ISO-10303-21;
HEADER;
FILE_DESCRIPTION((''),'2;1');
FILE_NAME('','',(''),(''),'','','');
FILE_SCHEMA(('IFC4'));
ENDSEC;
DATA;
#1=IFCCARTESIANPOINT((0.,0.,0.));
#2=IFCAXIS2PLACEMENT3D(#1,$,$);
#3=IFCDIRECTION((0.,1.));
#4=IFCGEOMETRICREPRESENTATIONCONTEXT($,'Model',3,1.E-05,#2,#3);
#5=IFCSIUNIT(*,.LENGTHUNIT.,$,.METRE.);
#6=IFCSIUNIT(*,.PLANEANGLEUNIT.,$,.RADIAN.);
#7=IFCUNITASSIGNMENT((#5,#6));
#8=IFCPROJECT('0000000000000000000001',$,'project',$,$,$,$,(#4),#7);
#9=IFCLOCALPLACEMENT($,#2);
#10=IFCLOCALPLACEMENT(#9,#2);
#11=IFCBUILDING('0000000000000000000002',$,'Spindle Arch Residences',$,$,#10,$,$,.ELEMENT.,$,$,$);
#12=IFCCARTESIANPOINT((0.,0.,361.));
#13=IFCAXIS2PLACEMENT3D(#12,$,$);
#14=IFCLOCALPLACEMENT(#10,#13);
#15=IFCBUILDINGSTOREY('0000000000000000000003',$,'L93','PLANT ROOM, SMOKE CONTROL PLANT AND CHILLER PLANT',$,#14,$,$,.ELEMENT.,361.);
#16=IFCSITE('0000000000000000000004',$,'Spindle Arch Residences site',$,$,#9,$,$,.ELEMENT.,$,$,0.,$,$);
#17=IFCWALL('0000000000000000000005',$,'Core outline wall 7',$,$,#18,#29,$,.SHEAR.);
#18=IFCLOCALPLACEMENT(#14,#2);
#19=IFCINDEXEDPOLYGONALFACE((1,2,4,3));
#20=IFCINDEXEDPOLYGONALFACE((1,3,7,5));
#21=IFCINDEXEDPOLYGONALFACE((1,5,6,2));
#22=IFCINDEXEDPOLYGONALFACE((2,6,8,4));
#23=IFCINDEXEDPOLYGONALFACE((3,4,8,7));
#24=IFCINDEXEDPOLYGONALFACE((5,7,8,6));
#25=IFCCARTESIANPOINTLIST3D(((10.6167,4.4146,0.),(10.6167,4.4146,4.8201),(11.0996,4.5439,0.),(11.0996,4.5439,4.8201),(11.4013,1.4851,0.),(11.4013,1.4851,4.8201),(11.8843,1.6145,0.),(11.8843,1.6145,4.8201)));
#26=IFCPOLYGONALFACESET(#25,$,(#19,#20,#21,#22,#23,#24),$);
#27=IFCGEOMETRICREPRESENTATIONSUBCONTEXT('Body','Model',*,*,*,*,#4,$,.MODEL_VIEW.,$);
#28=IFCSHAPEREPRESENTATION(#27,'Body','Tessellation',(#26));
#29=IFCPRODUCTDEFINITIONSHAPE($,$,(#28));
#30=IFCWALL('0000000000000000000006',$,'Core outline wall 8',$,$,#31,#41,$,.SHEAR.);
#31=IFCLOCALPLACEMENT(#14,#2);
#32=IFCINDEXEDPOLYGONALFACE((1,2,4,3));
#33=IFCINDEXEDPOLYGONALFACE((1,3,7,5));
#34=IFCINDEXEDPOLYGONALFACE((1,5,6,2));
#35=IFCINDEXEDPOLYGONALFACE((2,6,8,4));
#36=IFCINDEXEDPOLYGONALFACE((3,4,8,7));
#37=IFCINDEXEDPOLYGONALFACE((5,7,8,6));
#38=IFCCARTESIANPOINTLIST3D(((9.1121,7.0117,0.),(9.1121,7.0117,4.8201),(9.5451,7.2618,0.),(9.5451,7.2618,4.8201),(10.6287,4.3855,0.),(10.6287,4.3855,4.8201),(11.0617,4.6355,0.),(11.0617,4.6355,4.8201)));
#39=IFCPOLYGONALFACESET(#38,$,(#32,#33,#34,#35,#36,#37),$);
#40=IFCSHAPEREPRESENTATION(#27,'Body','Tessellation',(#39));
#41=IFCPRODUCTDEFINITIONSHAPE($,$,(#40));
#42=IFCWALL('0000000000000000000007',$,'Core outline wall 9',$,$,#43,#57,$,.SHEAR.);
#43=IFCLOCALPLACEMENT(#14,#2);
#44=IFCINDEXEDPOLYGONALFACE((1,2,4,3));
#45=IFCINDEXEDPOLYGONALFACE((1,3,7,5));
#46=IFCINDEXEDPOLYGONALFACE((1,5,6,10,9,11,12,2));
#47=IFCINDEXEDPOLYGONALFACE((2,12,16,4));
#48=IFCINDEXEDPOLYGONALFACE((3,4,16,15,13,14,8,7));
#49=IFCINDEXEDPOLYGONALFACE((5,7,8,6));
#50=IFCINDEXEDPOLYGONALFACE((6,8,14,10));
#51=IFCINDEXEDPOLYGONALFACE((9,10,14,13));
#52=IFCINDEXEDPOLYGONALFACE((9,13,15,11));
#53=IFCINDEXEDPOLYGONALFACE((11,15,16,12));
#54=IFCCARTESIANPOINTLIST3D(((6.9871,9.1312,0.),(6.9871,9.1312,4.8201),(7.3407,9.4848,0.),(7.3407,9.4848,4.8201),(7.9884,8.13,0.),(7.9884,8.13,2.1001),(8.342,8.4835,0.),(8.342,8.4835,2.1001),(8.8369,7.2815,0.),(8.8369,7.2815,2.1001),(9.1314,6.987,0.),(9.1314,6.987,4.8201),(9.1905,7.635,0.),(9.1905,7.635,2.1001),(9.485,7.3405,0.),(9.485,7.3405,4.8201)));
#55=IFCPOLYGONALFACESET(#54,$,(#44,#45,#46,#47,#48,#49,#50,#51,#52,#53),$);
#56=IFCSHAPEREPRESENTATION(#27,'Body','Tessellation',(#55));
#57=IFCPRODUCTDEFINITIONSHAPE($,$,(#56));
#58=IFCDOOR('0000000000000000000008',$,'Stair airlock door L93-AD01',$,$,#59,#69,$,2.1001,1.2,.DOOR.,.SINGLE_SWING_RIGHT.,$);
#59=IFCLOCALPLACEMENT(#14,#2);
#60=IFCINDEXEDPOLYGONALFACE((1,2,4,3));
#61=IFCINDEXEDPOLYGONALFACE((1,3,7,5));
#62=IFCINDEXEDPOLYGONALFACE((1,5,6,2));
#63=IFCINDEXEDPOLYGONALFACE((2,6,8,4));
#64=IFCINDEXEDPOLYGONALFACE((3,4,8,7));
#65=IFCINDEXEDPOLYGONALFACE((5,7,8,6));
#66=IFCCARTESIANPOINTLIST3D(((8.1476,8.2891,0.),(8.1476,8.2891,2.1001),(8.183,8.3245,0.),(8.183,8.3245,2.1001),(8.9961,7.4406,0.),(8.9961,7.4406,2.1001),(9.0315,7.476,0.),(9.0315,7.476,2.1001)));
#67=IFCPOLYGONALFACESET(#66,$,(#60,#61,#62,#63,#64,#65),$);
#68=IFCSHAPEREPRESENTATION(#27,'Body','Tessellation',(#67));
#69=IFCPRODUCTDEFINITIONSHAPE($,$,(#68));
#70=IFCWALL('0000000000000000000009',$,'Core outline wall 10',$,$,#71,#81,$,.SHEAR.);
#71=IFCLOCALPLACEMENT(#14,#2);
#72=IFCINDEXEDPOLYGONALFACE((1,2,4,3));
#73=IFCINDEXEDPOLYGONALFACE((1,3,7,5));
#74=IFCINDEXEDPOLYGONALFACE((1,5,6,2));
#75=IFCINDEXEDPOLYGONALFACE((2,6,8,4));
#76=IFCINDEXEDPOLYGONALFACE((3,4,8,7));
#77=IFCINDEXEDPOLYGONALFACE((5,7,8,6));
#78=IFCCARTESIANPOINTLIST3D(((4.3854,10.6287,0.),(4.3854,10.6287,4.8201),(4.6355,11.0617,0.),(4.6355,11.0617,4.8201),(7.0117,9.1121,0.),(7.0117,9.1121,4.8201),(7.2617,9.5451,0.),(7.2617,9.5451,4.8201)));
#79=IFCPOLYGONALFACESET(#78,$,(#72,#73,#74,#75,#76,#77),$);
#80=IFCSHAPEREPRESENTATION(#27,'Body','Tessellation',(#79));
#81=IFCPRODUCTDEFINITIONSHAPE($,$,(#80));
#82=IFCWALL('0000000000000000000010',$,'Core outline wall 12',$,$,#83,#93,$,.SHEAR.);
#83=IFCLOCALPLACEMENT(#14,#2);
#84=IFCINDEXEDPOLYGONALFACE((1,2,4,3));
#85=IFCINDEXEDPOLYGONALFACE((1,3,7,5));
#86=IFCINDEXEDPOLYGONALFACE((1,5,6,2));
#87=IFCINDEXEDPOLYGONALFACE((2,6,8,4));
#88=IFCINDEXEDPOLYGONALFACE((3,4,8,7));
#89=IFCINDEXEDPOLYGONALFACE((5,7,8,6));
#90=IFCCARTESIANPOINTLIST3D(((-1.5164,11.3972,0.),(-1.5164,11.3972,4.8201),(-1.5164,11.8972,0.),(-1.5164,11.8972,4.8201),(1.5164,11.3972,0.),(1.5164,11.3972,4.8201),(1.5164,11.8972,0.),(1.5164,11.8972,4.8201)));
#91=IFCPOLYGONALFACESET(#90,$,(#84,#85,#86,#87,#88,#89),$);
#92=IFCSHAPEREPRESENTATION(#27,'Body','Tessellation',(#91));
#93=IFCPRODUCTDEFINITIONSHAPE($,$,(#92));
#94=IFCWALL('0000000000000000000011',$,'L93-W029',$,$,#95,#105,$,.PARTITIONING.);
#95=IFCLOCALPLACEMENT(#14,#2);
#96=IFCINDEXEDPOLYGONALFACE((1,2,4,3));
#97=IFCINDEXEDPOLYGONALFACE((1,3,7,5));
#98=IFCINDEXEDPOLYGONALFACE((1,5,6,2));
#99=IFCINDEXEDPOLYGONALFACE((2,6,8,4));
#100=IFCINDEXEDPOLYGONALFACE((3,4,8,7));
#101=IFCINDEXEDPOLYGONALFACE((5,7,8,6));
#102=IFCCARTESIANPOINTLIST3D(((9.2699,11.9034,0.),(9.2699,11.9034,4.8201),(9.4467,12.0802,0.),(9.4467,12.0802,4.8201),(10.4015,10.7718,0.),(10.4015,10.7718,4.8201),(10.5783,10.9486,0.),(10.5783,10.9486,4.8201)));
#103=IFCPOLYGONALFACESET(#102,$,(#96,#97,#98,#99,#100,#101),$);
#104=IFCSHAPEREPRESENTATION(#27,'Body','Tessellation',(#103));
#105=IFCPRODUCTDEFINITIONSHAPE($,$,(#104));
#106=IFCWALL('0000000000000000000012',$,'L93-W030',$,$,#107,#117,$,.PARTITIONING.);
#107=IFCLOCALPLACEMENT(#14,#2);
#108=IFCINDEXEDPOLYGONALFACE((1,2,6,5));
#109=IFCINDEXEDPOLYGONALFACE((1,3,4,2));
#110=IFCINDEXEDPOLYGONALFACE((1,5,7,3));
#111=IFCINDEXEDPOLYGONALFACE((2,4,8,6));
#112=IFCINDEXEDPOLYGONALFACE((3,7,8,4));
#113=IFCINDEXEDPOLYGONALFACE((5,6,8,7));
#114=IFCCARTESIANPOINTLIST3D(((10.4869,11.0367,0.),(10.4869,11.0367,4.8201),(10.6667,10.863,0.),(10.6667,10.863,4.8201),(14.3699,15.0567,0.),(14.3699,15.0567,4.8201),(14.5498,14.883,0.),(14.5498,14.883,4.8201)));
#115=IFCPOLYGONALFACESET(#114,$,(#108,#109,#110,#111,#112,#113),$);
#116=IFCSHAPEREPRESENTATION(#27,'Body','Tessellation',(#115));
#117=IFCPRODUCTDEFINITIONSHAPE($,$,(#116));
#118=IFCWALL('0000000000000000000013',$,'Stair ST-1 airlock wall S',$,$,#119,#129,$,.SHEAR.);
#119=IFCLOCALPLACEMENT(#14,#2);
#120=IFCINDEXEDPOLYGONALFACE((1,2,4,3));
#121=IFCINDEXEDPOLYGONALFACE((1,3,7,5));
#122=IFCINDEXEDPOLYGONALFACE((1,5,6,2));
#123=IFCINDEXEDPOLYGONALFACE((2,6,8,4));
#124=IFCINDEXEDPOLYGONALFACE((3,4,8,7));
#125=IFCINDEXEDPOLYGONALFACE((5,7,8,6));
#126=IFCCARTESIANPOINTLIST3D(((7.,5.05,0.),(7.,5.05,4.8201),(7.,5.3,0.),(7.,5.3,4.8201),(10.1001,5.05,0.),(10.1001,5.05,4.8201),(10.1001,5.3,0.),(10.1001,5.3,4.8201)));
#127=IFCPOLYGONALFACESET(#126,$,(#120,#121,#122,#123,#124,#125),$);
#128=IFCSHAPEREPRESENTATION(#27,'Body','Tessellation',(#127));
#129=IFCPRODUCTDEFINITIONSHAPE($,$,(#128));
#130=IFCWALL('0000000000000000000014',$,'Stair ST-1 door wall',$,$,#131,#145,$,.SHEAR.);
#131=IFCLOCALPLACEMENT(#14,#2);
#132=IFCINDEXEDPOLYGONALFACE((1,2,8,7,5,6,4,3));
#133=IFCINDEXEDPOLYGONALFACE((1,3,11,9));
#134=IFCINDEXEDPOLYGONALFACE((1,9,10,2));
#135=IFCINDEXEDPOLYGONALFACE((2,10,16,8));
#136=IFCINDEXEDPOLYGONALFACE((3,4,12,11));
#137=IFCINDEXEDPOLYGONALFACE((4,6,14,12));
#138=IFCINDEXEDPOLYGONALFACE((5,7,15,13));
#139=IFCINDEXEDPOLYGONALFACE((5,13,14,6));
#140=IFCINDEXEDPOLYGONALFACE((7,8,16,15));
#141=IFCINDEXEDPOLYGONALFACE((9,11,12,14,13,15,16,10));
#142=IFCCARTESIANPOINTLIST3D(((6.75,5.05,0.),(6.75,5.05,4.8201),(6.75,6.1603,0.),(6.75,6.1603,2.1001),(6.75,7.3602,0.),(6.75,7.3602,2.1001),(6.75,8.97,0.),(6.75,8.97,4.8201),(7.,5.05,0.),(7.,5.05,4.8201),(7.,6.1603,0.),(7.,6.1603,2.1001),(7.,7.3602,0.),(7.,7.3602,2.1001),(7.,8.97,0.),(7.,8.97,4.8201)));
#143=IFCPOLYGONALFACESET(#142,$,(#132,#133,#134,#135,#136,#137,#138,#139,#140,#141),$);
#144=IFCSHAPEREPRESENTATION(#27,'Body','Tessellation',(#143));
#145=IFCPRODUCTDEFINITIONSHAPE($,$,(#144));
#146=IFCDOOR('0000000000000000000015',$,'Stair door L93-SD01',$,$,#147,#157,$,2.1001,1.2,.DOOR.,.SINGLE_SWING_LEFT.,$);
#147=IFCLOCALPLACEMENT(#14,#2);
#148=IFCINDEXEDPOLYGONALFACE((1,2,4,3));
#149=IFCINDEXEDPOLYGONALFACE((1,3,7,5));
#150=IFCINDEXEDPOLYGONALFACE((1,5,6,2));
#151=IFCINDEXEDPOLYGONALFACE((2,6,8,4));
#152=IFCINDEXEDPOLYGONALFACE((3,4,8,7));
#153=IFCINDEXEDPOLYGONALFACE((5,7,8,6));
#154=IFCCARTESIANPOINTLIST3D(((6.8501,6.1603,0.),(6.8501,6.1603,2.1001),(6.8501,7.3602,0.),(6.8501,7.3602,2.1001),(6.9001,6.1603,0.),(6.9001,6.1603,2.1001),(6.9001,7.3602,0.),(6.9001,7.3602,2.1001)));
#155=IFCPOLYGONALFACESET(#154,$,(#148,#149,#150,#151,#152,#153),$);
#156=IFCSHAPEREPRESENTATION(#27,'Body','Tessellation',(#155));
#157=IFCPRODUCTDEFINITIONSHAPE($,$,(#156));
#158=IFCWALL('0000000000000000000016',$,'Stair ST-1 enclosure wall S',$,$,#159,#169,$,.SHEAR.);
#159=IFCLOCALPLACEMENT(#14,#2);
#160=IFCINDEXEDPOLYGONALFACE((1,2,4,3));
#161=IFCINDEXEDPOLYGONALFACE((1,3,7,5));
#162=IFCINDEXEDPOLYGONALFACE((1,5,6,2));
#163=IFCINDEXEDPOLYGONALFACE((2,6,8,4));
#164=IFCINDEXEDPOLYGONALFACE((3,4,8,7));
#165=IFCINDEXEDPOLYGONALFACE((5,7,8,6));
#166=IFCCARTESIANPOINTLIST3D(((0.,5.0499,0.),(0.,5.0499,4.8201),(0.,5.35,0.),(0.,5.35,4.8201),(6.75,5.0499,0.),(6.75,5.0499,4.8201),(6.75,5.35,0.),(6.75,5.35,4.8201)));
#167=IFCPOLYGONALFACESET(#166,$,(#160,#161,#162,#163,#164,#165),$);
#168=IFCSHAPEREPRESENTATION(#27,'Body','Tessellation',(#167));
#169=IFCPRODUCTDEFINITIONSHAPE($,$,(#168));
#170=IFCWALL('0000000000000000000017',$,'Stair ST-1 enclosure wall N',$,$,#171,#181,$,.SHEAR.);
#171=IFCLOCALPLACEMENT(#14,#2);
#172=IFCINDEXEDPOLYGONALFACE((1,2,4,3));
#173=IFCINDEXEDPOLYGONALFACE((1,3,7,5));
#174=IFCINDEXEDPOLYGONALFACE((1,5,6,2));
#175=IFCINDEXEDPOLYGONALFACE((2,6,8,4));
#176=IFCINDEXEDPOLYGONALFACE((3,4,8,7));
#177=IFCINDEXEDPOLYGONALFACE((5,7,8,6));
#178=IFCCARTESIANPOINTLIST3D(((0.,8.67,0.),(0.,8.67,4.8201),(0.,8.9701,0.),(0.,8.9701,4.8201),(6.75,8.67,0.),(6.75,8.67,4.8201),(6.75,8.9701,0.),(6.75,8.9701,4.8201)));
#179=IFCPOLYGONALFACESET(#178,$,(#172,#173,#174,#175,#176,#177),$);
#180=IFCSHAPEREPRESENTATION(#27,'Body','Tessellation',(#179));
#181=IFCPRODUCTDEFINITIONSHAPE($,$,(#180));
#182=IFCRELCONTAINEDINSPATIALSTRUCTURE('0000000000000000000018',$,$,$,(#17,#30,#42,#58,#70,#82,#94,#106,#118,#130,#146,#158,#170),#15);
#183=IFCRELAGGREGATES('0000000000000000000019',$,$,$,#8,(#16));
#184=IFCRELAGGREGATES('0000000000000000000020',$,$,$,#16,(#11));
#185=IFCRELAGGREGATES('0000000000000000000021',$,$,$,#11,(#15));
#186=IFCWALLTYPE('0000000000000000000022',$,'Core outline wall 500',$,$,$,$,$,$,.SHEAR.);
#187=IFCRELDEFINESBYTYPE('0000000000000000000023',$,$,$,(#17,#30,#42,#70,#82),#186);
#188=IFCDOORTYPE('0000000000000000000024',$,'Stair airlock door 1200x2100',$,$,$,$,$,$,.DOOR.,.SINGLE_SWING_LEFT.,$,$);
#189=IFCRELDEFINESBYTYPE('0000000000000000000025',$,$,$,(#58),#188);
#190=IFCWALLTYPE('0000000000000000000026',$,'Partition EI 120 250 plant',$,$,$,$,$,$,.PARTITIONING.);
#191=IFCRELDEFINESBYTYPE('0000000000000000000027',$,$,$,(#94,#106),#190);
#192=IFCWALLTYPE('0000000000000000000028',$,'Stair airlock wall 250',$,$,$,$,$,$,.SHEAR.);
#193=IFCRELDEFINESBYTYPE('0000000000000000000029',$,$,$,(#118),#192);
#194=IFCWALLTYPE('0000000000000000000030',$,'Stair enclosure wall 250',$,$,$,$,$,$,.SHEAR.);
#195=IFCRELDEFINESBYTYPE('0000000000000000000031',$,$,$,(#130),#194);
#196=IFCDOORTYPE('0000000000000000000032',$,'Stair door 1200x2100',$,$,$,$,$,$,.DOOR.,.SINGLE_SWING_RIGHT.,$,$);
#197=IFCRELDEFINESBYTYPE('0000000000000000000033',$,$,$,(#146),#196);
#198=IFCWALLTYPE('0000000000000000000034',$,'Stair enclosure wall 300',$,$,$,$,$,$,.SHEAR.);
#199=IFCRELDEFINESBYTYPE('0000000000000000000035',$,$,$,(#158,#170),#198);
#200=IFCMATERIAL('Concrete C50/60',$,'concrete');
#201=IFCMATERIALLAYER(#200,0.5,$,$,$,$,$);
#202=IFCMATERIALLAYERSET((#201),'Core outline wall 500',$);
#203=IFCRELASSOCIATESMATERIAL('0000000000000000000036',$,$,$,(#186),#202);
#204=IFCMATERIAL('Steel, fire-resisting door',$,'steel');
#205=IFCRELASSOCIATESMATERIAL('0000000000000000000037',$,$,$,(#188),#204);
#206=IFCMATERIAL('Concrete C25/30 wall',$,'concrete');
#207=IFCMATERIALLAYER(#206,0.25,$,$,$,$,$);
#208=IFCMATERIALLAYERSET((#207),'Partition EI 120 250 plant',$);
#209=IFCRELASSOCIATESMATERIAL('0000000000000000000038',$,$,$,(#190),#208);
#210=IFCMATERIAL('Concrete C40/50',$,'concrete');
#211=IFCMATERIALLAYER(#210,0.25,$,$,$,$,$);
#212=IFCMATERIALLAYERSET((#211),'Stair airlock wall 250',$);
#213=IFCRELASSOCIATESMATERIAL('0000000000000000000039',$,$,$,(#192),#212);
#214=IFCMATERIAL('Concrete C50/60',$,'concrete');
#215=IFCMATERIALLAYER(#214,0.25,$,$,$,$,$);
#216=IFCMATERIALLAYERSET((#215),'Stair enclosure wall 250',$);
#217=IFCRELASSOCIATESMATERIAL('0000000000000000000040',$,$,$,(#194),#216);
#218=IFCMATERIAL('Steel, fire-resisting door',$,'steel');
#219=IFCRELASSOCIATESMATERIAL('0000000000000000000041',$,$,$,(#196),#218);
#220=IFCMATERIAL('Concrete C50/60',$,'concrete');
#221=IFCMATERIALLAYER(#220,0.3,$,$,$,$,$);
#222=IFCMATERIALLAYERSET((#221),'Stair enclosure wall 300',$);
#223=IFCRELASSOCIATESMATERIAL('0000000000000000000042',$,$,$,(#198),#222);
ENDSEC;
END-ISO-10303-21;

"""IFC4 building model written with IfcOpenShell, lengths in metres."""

from ifc_helpers import new_model, si_unit, direction, frame, frame_2d, origin, place, context, subcontext, project, spatial, rectangle, extrude, material, layer, layer_set, type_object, element, fill, save


model = new_model("IFC4")

# Units and contexts
model_context = context("Model", 3, precision=1e-05, world=origin(), true_north=direction((0.0, 1.0)))
body_context = subcontext(model_context, "Body", "Model", "MODEL_VIEW")
ifc_project = project(units=[si_unit("LENGTHUNIT", "METRE"), si_unit("PLANEANGLEUNIT", "RADIAN")], contexts=[model_context])

# Site, building, storey
site_placement = place(None, origin())
site = spatial("IfcSite", under=ifc_project, at=site_placement, Name="Spindle Arch Residences site", CompositionType="ELEMENT", RefElevation=0.0)
building_placement = place(site_placement, origin())
building = spatial("IfcBuilding", under=site, at=building_placement, Name="Spindle Arch Residences", CompositionType="ELEMENT")
storey_placement = place(building_placement, frame((0.0, 0.0, 361.0)))
storey = spatial("IfcBuildingStorey", under=building, at=storey_placement, Name="L93", Description="PLANT ROOM, SMOKE CONTROL PLANT AND CHILLER PLANT", CompositionType="ELEMENT", Elevation=361.0)

# Walls
ifc_material_1 = material(Name="Concrete C50/60", Category="concrete")
ifc_layer_1 = layer(ifc_material_1, 0.5)
ifc_layer_set_1 = layer_set([ifc_layer_1], Name="Core outline wall 500")
wall_type_1 = type_object("IfcWallType", Name="Core outline wall 500", PredefinedType="SHEAR", material=ifc_layer_set_1)
for number, where, z_axis, x_axis, name in (
    (1, (11.6428, 1.5498, 0.0), (0.0, 0.0, 1.0), (-0.258735, 0.965948, 0.0), "Core outline wall 7"),
    (2, (10.8452, 4.5105, 0.0), (0.0, 0.0, 1.0), (-0.500087, 0.865975, 0.0), "Core outline wall 8"),
):
    element("IfcWall", number, at=place(storey_placement, frame(where, z_axis=z_axis, x_axis=x_axis)), inside=storey, type_object=wall_type_1, Name=name, PredefinedType="SHEAR", context=body_context, shape_type="SweptSolid", body=[
        extrude(rectangle(XDim=3.0327, YDim=0.5, at=frame_2d((1.5164, 0.0))), origin(), (0.0, 0.0, 1.0), 4.8201),
    ])

# Wall, opening, door
wall_1_placement = place(storey_placement, frame((9.3081, 7.1638, 0.0), z_axis=(0.0, 0.0, 1.0), x_axis=(-0.707107, 0.707107, 0.0)))
wall_1 = element("IfcWall", 3, at=wall_1_placement, inside=storey, type_object=wall_type_1, Name="Core outline wall 9", PredefinedType="SHEAR", context=body_context, shape_type="SweptSolid", body=[
    extrude(rectangle(XDim=3.0325, YDim=0.5, at=frame_2d((1.5161, 0.0))), origin(), (0.0, 0.0, 1.0), 4.8201),
])
opening_1_placement = place(wall_1_placement, frame((0.4163, 0.0, 0.0)))
opening_1 = element("IfcOpeningElement", 4, at=opening_1_placement, cuts=wall_1, PredefinedType="OPENING", context=body_context, shape_type="SweptSolid", body=[
    extrude(rectangle(XDim=1.2, YDim=2.1001, at=frame_2d((0.6001, 1.05))), frame((0.0, 0.26, 0.0), z_axis=(0.0, -1.0, 0.0), x_axis=(1.0, 0.0, 0.0)), (0.0, 0.0, 1.0), 0.52),
])
ifc_material_2 = material(Name="Steel, fire-resisting door", Category="steel")
door_type_1 = type_object("IfcDoorType", Name="Stair airlock door 1200x2100", OperationType="SINGLE_SWING_LEFT", PredefinedType="DOOR", material=ifc_material_2)
door_1_placement = place(opening_1_placement, origin())
door_1 = element("IfcDoor", 5, at=door_1_placement, inside=storey, type_object=door_type_1, Name="Stair airlock door L93-AD01", OperationType="SINGLE_SWING_RIGHT", OverallHeight=2.1001, OverallWidth=1.2, PredefinedType="DOOR", context=body_context, shape_type="SweptSolid", body=[
    extrude(rectangle(XDim=1.2, YDim=2.1001, at=frame_2d((0.6001, 1.05))), frame((0.0, 0.0249, 0.0), z_axis=(0.0, -1.0, 0.0), x_axis=(1.0, 0.0, 0.0)), (0.0, 0.0, 1.0), 0.05),
])
fill(opening_1, door_1)

# Wall
wall_2_placement = place(storey_placement, frame((7.1367, 9.3286, 0.0), z_axis=(0.0, 0.0, 1.0), x_axis=(-0.865975, 0.500087, 0.0)))
element("IfcWall", 6, at=wall_2_placement, inside=storey, type_object=wall_type_1, Name="Core outline wall 10", PredefinedType="SHEAR", context=body_context, shape_type="SweptSolid", body=[
    extrude(rectangle(XDim=3.0327, YDim=0.5, at=frame_2d((1.5164, 0.0))), origin(), (0.0, 0.0, 1.0), 4.8201),
])

# Wall
wall_3_placement = place(storey_placement, frame((1.5164, 11.6472, 0.0), z_axis=(0.0, 0.0, 1.0), x_axis=(-1.0, 0.0, 0.0)))
element("IfcWall", 7, at=wall_3_placement, inside=storey, type_object=wall_type_1, Name="Core outline wall 12", PredefinedType="SHEAR", context=body_context, shape_type="SweptSolid", body=[
    extrude(rectangle(XDim=3.0327, YDim=0.5, at=frame_2d((1.5164, 0.0))), origin(), (0.0, 0.0, 1.0), 4.8201),
])

# Walls
ifc_material_3 = material(Name="Concrete C25/30 wall", Category="concrete")
ifc_layer_2 = layer(ifc_material_3, 0.25)
ifc_layer_set_2 = layer_set([ifc_layer_2], Name="Partition EI 120 250 plant")
wall_type_2 = type_object("IfcWallType", Name="Partition EI 120 250 plant", PredefinedType="PARTITIONING", material=ifc_layer_set_2)
wall_4_placement = place(storey_placement, frame((10.49, 10.8601, 0.0), z_axis=(0.0, 0.0, 1.0), x_axis=(-0.707107, 0.707107, 0.0)))
element("IfcWall", 8, at=wall_4_placement, inside=storey, type_object=wall_type_2, Name="L93-W029", PredefinedType="PARTITIONING", context=body_context, shape_type="SweptSolid", body=[
    extrude(rectangle(XDim=1.6003, YDim=0.25, at=frame_2d((0.8003, 0.0))), origin(), (0.0, 0.0, 1.0), 4.8201),
])
wall_5_placement = place(storey_placement, frame((10.5769, 10.95, 0.0), z_axis=(0.0, 0.0, 1.0), x_axis=(0.694748, 0.719253, 0.0)))
element("IfcWall", 9, at=wall_5_placement, inside=storey, type_object=wall_type_2, Name="L93-W030", PredefinedType="PARTITIONING", context=body_context, shape_type="SweptSolid", body=[
    extrude(rectangle(XDim=5.5891, YDim=0.25, at=frame_2d((2.7944, 0.0))), origin(), (0.0, 0.0, 1.0), 4.8201),
])
ifc_material_4 = material(Name="Concrete C40/50", Category="concrete")
ifc_layer_3 = layer(ifc_material_4, 0.25)
ifc_layer_set_3 = layer_set([ifc_layer_3], Name="Stair airlock wall 250")
wall_type_3 = type_object("IfcWallType", Name="Stair airlock wall 250", PredefinedType="SHEAR", material=ifc_layer_set_3)
wall_6_placement = place(storey_placement, frame((7.0, 5.175, 0.0), z_axis=(0.0, 0.0, 1.0), x_axis=(1.0, 0.0, 0.0)))
element("IfcWall", 10, at=wall_6_placement, inside=storey, type_object=wall_type_3, Name="Stair ST-1 airlock wall S", PredefinedType="SHEAR", context=body_context, shape_type="SweptSolid", body=[
    extrude(rectangle(XDim=3.1001, YDim=0.25, at=frame_2d((1.55, 0.0))), origin(), (0.0, 0.0, 1.0), 4.8201),
])

# Wall, opening, door
ifc_material_5 = material(Name="Concrete C50/60", Category="concrete")
ifc_layer_4 = layer(ifc_material_5, 0.25)
ifc_layer_set_4 = layer_set([ifc_layer_4], Name="Stair enclosure wall 250")
wall_type_4 = type_object("IfcWallType", Name="Stair enclosure wall 250", PredefinedType="SHEAR", material=ifc_layer_set_4)
wall_7_placement = place(storey_placement, frame((6.875, 5.05, 0.0), z_axis=(0.0, 0.0, 1.0), x_axis=(0.0, 1.0, 0.0)))
wall_7 = element("IfcWall", 11, at=wall_7_placement, inside=storey, type_object=wall_type_4, Name="Stair ST-1 door wall", PredefinedType="SHEAR", context=body_context, shape_type="SweptSolid", body=[
    extrude(rectangle(XDim=3.9199, YDim=0.25, at=frame_2d((1.96, 0.0))), origin(), (0.0, 0.0, 1.0), 4.8201),
])
opening_2_placement = place(wall_7_placement, frame((1.1101, 0.0, 0.0)))
opening_2 = element("IfcOpeningElement", 12, at=opening_2_placement, cuts=wall_7, PredefinedType="OPENING", context=body_context, shape_type="SweptSolid", body=[
    extrude(rectangle(XDim=1.2, YDim=2.1001, at=frame_2d((0.6001, 1.05))), frame((0.0, 0.135, 0.0), z_axis=(0.0, -1.0, 0.0), x_axis=(1.0, 0.0, 0.0)), (0.0, 0.0, 1.0), 0.27),
])
ifc_material_6 = material(Name="Steel, fire-resisting door", Category="steel")
door_type_2 = type_object("IfcDoorType", Name="Stair door 1200x2100", OperationType="SINGLE_SWING_RIGHT", PredefinedType="DOOR", material=ifc_material_6)
door_2_placement = place(opening_2_placement, origin())
door_2 = element("IfcDoor", 13, at=door_2_placement, inside=storey, type_object=door_type_2, Name="Stair door L93-SD01", OperationType="SINGLE_SWING_LEFT", OverallHeight=2.1001, OverallWidth=1.2, PredefinedType="DOOR", context=body_context, shape_type="SweptSolid", body=[
    extrude(rectangle(XDim=1.2, YDim=2.1001, at=frame_2d((0.6001, 1.05))), frame((0.0, 0.0249, 0.0), z_axis=(0.0, -1.0, 0.0), x_axis=(1.0, 0.0, 0.0)), (0.0, 0.0, 1.0), 0.05),
])
fill(opening_2, door_2)

# Walls
ifc_material_7 = material(Name="Concrete C50/60", Category="concrete")
ifc_layer_5 = layer(ifc_material_7, 0.3)
ifc_layer_set_5 = layer_set([ifc_layer_5], Name="Stair enclosure wall 300")
wall_type_5 = type_object("IfcWallType", Name="Stair enclosure wall 300", PredefinedType="SHEAR", material=ifc_layer_set_5)
for number, where, z_axis, x_axis, name in (
    (14, (0.0, 5.2, 0.0), (0.0, 0.0, 1.0), (1.0, 0.0, 0.0), "Stair ST-1 enclosure wall S"),
    (15, (0.0, 8.8201, 0.0), (0.0, 0.0, 1.0), (1.0, 0.0, 0.0), "Stair ST-1 enclosure wall N"),
):
    element("IfcWall", number, at=place(storey_placement, frame(where, z_axis=z_axis, x_axis=x_axis)), inside=storey, type_object=wall_type_5, Name=name, PredefinedType="SHEAR", context=body_context, shape_type="SweptSolid", body=[
        extrude(rectangle(XDim=6.75, YDim=0.3, at=frame_2d((3.375, 0.0))), origin(), (0.0, 0.0, 1.0), 4.8201),
    ])

save(model, "model.ifc")
